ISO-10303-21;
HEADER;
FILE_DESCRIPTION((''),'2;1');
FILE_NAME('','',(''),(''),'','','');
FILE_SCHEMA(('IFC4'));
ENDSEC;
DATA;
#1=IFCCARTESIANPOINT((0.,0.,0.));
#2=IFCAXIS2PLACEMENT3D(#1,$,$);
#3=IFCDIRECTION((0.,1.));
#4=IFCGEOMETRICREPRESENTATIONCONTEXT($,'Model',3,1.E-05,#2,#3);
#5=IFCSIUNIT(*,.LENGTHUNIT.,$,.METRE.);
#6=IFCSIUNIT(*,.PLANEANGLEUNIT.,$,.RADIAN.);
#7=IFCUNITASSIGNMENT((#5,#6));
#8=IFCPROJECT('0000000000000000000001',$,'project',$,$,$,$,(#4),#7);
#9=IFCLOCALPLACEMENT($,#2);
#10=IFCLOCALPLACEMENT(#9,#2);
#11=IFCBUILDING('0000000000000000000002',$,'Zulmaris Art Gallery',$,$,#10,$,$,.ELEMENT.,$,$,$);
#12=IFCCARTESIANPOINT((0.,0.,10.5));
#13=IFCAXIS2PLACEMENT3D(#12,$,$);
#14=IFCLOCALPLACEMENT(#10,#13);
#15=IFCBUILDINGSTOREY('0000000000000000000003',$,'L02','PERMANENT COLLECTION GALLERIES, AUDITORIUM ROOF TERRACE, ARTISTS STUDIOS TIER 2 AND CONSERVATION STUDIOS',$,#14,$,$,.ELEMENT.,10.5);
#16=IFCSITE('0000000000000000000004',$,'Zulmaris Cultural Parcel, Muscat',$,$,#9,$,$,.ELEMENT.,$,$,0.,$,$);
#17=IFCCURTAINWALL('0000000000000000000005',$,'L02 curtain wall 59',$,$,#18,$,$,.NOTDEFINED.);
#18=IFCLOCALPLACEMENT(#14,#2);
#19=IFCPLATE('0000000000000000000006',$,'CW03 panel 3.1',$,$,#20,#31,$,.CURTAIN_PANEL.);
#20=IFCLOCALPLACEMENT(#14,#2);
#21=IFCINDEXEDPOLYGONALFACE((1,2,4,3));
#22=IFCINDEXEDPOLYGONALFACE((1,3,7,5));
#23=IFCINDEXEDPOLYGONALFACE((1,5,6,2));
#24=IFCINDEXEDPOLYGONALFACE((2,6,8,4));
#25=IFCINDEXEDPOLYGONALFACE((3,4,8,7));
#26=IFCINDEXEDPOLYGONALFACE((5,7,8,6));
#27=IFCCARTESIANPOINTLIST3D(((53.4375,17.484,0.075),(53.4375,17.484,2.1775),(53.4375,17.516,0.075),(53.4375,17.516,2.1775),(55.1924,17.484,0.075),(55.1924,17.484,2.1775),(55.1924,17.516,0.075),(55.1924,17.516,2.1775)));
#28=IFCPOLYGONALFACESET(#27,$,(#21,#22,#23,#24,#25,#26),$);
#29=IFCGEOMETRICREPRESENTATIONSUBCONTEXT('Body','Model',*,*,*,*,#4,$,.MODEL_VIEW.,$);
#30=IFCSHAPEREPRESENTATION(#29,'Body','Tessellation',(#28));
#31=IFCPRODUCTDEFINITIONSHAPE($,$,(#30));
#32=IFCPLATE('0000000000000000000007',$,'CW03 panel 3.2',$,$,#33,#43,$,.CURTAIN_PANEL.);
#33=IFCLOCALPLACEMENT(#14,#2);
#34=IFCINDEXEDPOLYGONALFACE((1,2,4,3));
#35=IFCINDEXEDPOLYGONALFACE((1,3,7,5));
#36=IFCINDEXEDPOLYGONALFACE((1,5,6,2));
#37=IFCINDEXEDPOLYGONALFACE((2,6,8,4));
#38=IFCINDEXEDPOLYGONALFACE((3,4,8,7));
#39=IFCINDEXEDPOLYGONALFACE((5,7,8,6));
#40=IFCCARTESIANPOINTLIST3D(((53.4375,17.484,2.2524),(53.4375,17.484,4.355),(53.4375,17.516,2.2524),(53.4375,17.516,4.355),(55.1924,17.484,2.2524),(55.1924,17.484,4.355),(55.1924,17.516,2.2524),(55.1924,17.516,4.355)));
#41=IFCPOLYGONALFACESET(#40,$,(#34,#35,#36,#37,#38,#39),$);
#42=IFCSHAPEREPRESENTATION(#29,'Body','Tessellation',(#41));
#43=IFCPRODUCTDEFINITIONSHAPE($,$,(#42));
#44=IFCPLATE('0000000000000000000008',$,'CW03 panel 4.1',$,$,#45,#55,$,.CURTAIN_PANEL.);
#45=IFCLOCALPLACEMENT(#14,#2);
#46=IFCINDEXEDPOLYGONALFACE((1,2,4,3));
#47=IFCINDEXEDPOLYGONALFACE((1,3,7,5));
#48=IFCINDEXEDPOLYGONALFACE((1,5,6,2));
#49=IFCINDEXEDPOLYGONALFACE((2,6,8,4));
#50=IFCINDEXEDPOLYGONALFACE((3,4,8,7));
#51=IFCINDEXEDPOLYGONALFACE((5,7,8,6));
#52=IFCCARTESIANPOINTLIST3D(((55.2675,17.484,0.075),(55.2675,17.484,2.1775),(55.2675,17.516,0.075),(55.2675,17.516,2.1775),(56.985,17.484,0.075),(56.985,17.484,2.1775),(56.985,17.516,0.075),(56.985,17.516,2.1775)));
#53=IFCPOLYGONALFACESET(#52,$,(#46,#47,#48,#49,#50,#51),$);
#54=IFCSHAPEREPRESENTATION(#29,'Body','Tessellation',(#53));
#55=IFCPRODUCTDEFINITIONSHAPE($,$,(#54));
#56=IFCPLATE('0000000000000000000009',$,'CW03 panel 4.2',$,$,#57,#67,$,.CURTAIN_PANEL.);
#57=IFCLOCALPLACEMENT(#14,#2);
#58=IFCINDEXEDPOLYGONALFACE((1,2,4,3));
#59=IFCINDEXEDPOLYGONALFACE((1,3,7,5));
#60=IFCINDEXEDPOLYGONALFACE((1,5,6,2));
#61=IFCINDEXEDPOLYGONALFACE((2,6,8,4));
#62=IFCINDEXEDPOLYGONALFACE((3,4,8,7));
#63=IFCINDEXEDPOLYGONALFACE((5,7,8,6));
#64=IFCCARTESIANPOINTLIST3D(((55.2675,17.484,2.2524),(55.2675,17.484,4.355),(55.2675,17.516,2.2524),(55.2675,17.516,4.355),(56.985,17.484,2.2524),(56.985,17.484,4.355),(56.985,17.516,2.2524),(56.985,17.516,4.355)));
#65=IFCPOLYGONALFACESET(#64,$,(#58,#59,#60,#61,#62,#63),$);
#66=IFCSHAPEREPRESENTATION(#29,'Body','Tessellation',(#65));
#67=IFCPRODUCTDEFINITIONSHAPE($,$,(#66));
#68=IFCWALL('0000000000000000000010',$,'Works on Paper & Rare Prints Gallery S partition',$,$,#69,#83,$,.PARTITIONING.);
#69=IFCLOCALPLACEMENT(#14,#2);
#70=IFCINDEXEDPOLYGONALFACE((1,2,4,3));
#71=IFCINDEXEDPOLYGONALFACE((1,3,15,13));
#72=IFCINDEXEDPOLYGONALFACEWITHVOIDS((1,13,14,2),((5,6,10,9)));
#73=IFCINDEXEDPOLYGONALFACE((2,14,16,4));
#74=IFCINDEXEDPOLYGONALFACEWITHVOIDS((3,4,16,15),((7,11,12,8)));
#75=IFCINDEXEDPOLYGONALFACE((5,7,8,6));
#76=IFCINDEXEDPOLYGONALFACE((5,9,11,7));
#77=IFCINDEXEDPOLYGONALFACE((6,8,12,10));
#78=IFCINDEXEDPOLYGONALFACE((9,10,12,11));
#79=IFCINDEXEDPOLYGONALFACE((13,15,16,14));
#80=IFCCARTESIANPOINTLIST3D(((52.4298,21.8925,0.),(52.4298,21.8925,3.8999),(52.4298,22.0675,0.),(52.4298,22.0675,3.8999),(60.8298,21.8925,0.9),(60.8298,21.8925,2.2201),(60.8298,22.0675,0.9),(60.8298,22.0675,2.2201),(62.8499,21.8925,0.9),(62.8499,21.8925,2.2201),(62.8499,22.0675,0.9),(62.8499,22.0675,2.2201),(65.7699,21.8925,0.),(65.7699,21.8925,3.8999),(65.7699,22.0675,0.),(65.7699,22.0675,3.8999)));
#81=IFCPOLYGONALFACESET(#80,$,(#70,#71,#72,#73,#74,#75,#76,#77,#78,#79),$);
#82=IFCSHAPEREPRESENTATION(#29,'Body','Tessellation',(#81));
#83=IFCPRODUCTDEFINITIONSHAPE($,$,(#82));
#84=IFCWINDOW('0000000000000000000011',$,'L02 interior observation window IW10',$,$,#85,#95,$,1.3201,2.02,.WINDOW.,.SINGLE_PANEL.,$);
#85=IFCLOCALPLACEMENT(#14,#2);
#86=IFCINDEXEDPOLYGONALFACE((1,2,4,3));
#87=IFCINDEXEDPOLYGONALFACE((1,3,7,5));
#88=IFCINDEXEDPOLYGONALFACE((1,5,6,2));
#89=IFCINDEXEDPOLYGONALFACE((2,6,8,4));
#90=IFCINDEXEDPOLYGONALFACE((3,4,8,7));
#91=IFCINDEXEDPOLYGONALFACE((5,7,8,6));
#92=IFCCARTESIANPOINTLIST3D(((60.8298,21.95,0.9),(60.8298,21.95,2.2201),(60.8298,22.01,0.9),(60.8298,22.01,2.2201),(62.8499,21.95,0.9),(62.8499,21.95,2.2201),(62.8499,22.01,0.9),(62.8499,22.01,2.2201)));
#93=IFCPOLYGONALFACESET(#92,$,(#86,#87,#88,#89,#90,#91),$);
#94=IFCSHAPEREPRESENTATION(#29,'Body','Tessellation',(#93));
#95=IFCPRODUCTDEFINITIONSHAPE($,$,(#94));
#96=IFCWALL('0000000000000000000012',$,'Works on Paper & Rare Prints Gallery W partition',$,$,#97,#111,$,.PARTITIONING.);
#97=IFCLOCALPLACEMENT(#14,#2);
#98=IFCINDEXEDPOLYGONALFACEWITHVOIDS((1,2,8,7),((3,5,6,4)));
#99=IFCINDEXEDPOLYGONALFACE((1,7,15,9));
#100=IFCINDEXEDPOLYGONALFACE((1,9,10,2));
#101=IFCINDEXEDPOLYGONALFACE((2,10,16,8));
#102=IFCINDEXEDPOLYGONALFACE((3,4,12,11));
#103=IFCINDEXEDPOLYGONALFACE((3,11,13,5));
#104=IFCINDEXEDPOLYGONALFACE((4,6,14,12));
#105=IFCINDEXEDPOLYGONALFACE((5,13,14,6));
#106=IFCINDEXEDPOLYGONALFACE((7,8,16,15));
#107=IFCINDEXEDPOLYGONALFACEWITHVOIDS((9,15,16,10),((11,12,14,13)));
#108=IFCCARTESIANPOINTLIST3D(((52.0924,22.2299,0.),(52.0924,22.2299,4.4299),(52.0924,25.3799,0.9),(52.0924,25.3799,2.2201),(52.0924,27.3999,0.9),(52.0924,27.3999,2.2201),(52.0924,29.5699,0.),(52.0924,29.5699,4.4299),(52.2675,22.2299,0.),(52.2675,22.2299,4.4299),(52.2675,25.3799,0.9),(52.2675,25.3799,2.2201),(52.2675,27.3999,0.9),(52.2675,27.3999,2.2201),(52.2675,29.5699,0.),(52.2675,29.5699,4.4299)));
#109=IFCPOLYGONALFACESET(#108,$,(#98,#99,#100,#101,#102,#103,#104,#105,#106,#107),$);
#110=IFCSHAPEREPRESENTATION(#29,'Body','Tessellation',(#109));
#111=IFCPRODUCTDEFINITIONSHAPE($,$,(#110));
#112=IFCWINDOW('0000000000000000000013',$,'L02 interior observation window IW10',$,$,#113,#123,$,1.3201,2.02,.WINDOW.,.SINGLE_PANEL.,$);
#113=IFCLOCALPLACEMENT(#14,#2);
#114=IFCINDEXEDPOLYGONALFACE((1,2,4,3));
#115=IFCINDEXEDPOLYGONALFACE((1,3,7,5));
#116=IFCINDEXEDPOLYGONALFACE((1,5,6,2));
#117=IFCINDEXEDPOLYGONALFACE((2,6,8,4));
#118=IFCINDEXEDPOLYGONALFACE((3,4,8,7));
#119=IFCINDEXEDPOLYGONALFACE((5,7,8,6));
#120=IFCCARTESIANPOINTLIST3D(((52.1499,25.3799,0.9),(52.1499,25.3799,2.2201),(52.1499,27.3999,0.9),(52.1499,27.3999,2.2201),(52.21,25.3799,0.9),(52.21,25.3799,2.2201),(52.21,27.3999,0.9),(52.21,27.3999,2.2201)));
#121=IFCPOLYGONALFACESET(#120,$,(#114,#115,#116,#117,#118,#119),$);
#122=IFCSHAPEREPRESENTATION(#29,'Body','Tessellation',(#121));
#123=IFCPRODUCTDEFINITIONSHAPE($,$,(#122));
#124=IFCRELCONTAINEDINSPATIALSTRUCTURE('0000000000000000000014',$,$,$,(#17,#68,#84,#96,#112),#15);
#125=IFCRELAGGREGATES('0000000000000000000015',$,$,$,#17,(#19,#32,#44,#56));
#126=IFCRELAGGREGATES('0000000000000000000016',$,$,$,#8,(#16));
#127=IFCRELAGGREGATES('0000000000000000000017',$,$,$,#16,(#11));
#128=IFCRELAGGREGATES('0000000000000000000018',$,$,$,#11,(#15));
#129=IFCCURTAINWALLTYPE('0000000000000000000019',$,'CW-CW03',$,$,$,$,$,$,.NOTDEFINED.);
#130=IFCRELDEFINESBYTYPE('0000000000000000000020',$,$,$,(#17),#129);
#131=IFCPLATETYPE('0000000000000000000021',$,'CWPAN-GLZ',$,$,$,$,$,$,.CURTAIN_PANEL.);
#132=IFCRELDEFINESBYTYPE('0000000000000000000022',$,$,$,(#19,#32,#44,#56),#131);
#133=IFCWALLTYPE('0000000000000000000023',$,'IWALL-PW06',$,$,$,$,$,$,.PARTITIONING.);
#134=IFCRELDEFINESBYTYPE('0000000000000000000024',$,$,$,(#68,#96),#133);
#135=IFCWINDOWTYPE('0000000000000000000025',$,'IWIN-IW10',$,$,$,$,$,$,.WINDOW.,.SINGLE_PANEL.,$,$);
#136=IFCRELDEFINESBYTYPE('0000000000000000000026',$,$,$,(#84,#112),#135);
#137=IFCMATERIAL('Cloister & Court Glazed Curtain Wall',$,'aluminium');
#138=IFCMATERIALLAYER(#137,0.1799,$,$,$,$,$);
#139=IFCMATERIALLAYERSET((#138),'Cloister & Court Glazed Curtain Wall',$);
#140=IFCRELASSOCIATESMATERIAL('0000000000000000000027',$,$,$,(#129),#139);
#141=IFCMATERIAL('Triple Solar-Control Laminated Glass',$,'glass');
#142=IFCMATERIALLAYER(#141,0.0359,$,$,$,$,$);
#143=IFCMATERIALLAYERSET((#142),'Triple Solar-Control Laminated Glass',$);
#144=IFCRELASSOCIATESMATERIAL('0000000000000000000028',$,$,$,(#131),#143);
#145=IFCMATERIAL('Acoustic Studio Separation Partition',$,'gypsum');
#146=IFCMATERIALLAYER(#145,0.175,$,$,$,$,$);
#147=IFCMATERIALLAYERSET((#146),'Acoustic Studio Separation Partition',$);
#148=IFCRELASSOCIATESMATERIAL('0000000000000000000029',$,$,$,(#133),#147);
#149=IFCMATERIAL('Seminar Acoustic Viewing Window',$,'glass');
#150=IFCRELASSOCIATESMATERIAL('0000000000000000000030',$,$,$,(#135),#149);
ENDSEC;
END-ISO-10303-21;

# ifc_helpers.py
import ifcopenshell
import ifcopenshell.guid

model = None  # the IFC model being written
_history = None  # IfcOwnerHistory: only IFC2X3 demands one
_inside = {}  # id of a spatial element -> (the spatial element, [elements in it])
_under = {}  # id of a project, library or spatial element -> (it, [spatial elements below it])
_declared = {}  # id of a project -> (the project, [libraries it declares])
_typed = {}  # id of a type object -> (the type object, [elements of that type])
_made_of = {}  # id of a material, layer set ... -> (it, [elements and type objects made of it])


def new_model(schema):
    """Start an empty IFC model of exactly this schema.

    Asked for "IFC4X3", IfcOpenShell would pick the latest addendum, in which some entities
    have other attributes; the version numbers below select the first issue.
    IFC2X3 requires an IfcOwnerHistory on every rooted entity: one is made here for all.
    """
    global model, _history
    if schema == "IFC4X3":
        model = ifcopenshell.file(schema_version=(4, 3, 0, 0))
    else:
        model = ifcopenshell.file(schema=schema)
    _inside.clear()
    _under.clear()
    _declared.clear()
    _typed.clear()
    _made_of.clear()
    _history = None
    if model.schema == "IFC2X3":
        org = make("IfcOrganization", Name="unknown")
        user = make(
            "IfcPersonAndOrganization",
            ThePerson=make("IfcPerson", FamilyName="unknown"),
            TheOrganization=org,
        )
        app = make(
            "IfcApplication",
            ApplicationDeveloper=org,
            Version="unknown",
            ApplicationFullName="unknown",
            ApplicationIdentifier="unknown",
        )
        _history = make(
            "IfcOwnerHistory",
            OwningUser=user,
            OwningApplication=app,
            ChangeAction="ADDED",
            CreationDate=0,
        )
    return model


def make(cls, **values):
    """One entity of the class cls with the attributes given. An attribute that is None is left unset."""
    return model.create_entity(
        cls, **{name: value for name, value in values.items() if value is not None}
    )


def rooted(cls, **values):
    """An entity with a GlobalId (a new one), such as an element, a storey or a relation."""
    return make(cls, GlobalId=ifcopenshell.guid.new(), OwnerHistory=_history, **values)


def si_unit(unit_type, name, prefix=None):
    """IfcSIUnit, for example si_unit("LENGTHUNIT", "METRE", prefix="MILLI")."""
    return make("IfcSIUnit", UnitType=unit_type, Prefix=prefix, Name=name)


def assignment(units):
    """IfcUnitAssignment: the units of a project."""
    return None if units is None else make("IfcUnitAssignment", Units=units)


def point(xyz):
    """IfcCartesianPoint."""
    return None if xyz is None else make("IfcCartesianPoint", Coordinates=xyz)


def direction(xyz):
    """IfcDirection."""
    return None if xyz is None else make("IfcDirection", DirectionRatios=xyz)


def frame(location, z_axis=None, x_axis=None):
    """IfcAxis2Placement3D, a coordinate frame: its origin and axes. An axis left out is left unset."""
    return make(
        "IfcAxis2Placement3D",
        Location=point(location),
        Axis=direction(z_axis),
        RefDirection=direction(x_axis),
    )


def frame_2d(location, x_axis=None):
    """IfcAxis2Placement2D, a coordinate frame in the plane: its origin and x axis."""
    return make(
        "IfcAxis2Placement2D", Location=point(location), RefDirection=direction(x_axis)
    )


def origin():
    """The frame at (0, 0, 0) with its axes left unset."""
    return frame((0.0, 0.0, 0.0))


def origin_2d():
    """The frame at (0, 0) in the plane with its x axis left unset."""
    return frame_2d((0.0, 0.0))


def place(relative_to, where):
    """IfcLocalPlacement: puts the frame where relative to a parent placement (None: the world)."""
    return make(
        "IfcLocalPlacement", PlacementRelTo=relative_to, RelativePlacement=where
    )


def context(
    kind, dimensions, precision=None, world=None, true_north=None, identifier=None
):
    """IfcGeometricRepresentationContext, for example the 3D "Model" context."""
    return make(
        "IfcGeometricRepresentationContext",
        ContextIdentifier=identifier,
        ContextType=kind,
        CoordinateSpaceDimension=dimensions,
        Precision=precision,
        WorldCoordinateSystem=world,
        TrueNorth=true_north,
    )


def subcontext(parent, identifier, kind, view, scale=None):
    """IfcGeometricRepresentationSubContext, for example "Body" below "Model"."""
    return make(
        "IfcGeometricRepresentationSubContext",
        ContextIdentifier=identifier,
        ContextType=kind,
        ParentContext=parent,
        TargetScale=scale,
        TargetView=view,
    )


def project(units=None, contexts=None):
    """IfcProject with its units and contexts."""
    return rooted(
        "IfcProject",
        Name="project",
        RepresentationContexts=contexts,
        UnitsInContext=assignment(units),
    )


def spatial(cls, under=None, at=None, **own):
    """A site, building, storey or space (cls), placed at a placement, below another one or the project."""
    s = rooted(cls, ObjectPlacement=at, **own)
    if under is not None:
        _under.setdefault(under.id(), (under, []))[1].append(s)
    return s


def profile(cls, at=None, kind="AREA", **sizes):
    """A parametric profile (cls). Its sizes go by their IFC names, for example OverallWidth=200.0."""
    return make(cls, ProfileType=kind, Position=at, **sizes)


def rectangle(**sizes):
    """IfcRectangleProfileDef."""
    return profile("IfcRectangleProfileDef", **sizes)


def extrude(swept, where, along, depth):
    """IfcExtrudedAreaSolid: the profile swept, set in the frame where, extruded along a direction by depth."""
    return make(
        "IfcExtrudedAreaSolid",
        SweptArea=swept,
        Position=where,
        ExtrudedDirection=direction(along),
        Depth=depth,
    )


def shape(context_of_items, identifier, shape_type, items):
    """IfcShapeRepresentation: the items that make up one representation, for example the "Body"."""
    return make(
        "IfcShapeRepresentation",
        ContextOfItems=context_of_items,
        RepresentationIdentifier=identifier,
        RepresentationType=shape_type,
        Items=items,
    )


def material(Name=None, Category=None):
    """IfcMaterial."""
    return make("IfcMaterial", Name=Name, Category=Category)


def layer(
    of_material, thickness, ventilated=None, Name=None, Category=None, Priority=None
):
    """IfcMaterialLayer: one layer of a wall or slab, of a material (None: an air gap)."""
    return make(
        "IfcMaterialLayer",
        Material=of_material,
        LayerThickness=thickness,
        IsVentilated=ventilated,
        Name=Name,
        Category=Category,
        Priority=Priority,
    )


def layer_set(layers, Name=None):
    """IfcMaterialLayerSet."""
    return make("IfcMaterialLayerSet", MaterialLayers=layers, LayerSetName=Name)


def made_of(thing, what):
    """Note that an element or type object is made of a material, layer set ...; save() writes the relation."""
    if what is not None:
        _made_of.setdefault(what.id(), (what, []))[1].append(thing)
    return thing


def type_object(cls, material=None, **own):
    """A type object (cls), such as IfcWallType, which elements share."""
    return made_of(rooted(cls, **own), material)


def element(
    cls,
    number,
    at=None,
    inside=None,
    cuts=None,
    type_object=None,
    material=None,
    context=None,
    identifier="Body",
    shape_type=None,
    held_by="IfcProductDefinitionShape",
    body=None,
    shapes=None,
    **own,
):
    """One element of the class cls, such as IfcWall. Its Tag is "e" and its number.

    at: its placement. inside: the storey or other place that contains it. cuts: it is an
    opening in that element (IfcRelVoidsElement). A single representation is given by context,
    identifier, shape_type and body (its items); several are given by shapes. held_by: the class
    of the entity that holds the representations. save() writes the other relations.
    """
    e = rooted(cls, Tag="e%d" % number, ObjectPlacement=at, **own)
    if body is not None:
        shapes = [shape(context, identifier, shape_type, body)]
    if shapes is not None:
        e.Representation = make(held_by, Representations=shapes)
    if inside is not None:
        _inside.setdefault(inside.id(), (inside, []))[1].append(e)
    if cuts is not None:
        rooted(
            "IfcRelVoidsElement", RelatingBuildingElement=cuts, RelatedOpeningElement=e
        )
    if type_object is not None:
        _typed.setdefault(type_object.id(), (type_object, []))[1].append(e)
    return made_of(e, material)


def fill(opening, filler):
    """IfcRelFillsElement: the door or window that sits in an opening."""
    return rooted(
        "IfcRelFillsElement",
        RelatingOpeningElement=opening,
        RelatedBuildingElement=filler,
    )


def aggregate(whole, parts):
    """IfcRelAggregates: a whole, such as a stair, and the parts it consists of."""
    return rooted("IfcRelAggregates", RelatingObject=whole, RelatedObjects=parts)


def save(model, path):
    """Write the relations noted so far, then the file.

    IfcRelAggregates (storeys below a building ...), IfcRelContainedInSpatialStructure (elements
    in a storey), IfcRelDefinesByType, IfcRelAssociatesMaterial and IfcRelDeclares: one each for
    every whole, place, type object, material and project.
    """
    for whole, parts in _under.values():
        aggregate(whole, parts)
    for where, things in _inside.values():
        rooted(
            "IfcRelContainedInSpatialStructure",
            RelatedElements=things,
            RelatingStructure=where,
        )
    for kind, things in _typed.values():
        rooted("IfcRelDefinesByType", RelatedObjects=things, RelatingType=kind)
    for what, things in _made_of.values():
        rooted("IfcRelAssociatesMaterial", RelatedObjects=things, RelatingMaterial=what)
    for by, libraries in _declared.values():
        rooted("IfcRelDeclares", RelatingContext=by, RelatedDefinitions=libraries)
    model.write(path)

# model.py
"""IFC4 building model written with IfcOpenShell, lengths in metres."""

from ifc_helpers import new_model, si_unit, direction, frame, frame_2d, origin, origin_2d, place, context, subcontext, project, spatial, rectangle, extrude, material, layer, layer_set, type_object, element, fill, aggregate, save


model = new_model("IFC4")

# Units and contexts
model_context = context("Model", 3, precision=1e-05, world=origin(), true_north=direction((0.0, 1.0)))
body_context = subcontext(model_context, "Body", "Model", "MODEL_VIEW")
ifc_project = project(units=[si_unit("LENGTHUNIT", "METRE"), si_unit("PLANEANGLEUNIT", "RADIAN")], contexts=[model_context])

# Site, building, storey
site_placement = place(None, origin())
site = spatial("IfcSite", under=ifc_project, at=site_placement, Name="Zulmaris Cultural Parcel, Muscat", CompositionType="ELEMENT", RefElevation=0.0)
building_placement = place(site_placement, origin())
building = spatial("IfcBuilding", under=site, at=building_placement, Name="Zulmaris Art Gallery", CompositionType="ELEMENT")
storey_placement = place(building_placement, frame((0.0, 0.0, 10.5)))
storey = spatial("IfcBuildingStorey", under=building, at=storey_placement, Name="L02", Description="PERMANENT COLLECTION GALLERIES, AUDITORIUM ROOF TERRACE, ARTISTS STUDIOS TIER 2 AND CONSERVATION STUDIOS", CompositionType="ELEMENT", Elevation=10.5)

# Curtain wall, plates
ifc_material_1 = material(Name="Cloister & Court Glazed Curtain Wall", Category="aluminium")
ifc_layer_1 = layer(ifc_material_1, 0.1799)
ifc_layer_set_1 = layer_set([ifc_layer_1], Name="Cloister & Court Glazed Curtain Wall")
curtain_wall_type = type_object("IfcCurtainWallType", Name="CW-CW03", PredefinedType="NOTDEFINED", material=ifc_layer_set_1)
curtain_wall_placement = place(storey_placement, origin())
curtain_wall = element("IfcCurtainWall", 1, at=curtain_wall_placement, inside=storey, type_object=curtain_wall_type, Name="L02 curtain wall 59", PredefinedType="NOTDEFINED")
ifc_material_2 = material(Name="Triple Solar-Control Laminated Glass", Category="glass")
ifc_layer_2 = layer(ifc_material_2, 0.0359)
ifc_layer_set_2 = layer_set([ifc_layer_2], Name="Triple Solar-Control Laminated Glass")
plate_type = type_object("IfcPlateType", Name="CWPAN-GLZ", PredefinedType="CURTAIN_PANEL", material=ifc_layer_set_2)
plate_1_placement = place(storey_placement, frame((54.3149, 17.5, 0.075), z_axis=(0.0, 0.0, 1.0), x_axis=(1.0, 0.0, 0.0)))
plate_1 = element("IfcPlate", 2, at=plate_1_placement, type_object=plate_type, Name="CW03 panel 3.1", PredefinedType="CURTAIN_PANEL", context=body_context, shape_type="SweptSolid", body=[
    extrude(rectangle(XDim=1.7549, YDim=0.032, at=origin_2d()), origin(), (0.0, 0.0, 1.0), 2.1025),
])
plate_2_placement = place(storey_placement, frame((54.3149, 17.5, 2.2524), z_axis=(0.0, 0.0, 1.0), x_axis=(1.0, 0.0, 0.0)))
plate_2 = element("IfcPlate", 3, at=plate_2_placement, type_object=plate_type, Name="CW03 panel 3.2", PredefinedType="CURTAIN_PANEL", context=body_context, shape_type="SweptSolid", body=[
    extrude(rectangle(XDim=1.7549, YDim=0.032, at=origin_2d()), origin(), (0.0, 0.0, 1.0), 2.1025),
])
plate_3_placement = place(storey_placement, frame((56.1262, 17.5, 0.075), z_axis=(0.0, 0.0, 1.0), x_axis=(1.0, 0.0, 0.0)))
plate_3 = element("IfcPlate", 4, at=plate_3_placement, type_object=plate_type, Name="CW03 panel 4.1", PredefinedType="CURTAIN_PANEL", context=body_context, shape_type="SweptSolid", body=[
    extrude(rectangle(XDim=1.7175, YDim=0.032, at=origin_2d()), origin(), (0.0, 0.0, 1.0), 2.1025),
])
plate_4_placement = place(storey_placement, frame((56.1262, 17.5, 2.2524), z_axis=(0.0, 0.0, 1.0), x_axis=(1.0, 0.0, 0.0)))
plate_4 = element("IfcPlate", 5, at=plate_4_placement, type_object=plate_type, Name="CW03 panel 4.2", PredefinedType="CURTAIN_PANEL", context=body_context, shape_type="SweptSolid", body=[
    extrude(rectangle(XDim=1.7175, YDim=0.032, at=origin_2d()), origin(), (0.0, 0.0, 1.0), 2.1025),
])
aggregate(curtain_wall, [plate_1, plate_2, plate_3, plate_4])

# Walls, openings, windows
ifc_material_3 = material(Name="Acoustic Studio Separation Partition", Category="gypsum")
ifc_layer_3 = layer(ifc_material_3, 0.175)
ifc_layer_set_3 = layer_set([ifc_layer_3], Name="Acoustic Studio Separation Partition")
wall_type = type_object("IfcWallType", Name="IWALL-PW06", PredefinedType="PARTITIONING", material=ifc_layer_set_3)
wall_1_placement = place(storey_placement, frame((52.4299, 21.98, 0.0), z_axis=(0.0, 0.0, 1.0), x_axis=(1.0, 0.0, 0.0)))
wall_1 = element("IfcWall", 6, at=wall_1_placement, inside=storey, type_object=wall_type, Name="Works on Paper & Rare Prints Gallery S partition", PredefinedType="PARTITIONING", context=body_context, shape_type="SweptSolid", body=[
    extrude(rectangle(XDim=13.3401, YDim=0.175, at=frame_2d((6.6699, 0.0))), origin(), (0.0, 0.0, 1.0), 3.8999),
])
opening_1_placement = place(wall_1_placement, frame((8.3999, 0.0, 0.8999)))
opening_1 = element("IfcOpeningElement", 7, at=opening_1_placement, cuts=wall_1, PredefinedType="OPENING", context=body_context, shape_type="SweptSolid", body=[
    extrude(rectangle(XDim=2.02, YDim=1.3201, at=frame_2d((1.01, 0.6602))), frame((0.0, 0.0974, 0.0), z_axis=(0.0, -1.0, 0.0), x_axis=(1.0, 0.0, 0.0)), (0.0, 0.0, 1.0), 0.1951),
])
ifc_material_4 = material(Name="Seminar Acoustic Viewing Window", Category="glass")
window_type = type_object("IfcWindowType", Name="IWIN-IW10", PartitioningType="SINGLE_PANEL", PredefinedType="WINDOW", material=ifc_material_4)
window_1_placement = place(opening_1_placement, origin())
window_1 = element("IfcWindow", 8, at=window_1_placement, inside=storey, type_object=window_type, Name="L02 interior observation window IW10", OverallHeight=1.3201, OverallWidth=2.02, PartitioningType="SINGLE_PANEL", PredefinedType="WINDOW", context=body_context, shape_type="SweptSolid", body=[
    extrude(rectangle(XDim=2.02, YDim=1.3201, at=frame_2d((1.01, 0.6602))), frame((0.0, 0.03, 0.0), z_axis=(0.0, -1.0, 0.0), x_axis=(1.0, 0.0, 0.0)), (0.0, 0.0, 1.0), 0.0601),
])
fill(opening_1, window_1)
wall_2_placement = place(storey_placement, frame((52.1799, 22.23, 0.0), z_axis=(0.0, 0.0, 1.0), x_axis=(0.0, 1.0, 0.0)))
wall_2 = element("IfcWall", 9, at=wall_2_placement, inside=storey, type_object=wall_type, Name="Works on Paper & Rare Prints Gallery W partition", PredefinedType="PARTITIONING", context=body_context, shape_type="SweptSolid", body=[
    extrude(rectangle(XDim=7.3401, YDim=0.175, at=frame_2d((3.6699, 0.0))), origin(), (0.0, 0.0, 1.0), 4.4299),
])
opening_2_placement = place(wall_2_placement, frame((3.1499, 0.0, 0.8999)))
opening_2 = element("IfcOpeningElement", 10, at=opening_2_placement, cuts=wall_2, PredefinedType="OPENING", context=body_context, shape_type="SweptSolid", body=[
    extrude(rectangle(XDim=2.02, YDim=1.3201, at=frame_2d((1.01, 0.6602))), frame((0.0, 0.0974, 0.0), z_axis=(0.0, -1.0, 0.0), x_axis=(1.0, 0.0, 0.0)), (0.0, 0.0, 1.0), 0.1951),
])
window_2_placement = place(opening_2_placement, origin())
window_2 = element("IfcWindow", 11, at=window_2_placement, inside=storey, type_object=window_type, Name="L02 interior observation window IW10", OverallHeight=1.3201, OverallWidth=2.02, PartitioningType="SINGLE_PANEL", PredefinedType="WINDOW", context=body_context, shape_type="SweptSolid", body=[
    extrude(rectangle(XDim=2.02, YDim=1.3201, at=frame_2d((1.01, 0.6602))), frame((0.0, 0.03, 0.0), z_axis=(0.0, -1.0, 0.0), x_axis=(1.0, 0.0, 0.0)), (0.0, 0.0, 1.0), 0.0601),
])
fill(opening_2, window_2)

save(model, "model.ifc")
